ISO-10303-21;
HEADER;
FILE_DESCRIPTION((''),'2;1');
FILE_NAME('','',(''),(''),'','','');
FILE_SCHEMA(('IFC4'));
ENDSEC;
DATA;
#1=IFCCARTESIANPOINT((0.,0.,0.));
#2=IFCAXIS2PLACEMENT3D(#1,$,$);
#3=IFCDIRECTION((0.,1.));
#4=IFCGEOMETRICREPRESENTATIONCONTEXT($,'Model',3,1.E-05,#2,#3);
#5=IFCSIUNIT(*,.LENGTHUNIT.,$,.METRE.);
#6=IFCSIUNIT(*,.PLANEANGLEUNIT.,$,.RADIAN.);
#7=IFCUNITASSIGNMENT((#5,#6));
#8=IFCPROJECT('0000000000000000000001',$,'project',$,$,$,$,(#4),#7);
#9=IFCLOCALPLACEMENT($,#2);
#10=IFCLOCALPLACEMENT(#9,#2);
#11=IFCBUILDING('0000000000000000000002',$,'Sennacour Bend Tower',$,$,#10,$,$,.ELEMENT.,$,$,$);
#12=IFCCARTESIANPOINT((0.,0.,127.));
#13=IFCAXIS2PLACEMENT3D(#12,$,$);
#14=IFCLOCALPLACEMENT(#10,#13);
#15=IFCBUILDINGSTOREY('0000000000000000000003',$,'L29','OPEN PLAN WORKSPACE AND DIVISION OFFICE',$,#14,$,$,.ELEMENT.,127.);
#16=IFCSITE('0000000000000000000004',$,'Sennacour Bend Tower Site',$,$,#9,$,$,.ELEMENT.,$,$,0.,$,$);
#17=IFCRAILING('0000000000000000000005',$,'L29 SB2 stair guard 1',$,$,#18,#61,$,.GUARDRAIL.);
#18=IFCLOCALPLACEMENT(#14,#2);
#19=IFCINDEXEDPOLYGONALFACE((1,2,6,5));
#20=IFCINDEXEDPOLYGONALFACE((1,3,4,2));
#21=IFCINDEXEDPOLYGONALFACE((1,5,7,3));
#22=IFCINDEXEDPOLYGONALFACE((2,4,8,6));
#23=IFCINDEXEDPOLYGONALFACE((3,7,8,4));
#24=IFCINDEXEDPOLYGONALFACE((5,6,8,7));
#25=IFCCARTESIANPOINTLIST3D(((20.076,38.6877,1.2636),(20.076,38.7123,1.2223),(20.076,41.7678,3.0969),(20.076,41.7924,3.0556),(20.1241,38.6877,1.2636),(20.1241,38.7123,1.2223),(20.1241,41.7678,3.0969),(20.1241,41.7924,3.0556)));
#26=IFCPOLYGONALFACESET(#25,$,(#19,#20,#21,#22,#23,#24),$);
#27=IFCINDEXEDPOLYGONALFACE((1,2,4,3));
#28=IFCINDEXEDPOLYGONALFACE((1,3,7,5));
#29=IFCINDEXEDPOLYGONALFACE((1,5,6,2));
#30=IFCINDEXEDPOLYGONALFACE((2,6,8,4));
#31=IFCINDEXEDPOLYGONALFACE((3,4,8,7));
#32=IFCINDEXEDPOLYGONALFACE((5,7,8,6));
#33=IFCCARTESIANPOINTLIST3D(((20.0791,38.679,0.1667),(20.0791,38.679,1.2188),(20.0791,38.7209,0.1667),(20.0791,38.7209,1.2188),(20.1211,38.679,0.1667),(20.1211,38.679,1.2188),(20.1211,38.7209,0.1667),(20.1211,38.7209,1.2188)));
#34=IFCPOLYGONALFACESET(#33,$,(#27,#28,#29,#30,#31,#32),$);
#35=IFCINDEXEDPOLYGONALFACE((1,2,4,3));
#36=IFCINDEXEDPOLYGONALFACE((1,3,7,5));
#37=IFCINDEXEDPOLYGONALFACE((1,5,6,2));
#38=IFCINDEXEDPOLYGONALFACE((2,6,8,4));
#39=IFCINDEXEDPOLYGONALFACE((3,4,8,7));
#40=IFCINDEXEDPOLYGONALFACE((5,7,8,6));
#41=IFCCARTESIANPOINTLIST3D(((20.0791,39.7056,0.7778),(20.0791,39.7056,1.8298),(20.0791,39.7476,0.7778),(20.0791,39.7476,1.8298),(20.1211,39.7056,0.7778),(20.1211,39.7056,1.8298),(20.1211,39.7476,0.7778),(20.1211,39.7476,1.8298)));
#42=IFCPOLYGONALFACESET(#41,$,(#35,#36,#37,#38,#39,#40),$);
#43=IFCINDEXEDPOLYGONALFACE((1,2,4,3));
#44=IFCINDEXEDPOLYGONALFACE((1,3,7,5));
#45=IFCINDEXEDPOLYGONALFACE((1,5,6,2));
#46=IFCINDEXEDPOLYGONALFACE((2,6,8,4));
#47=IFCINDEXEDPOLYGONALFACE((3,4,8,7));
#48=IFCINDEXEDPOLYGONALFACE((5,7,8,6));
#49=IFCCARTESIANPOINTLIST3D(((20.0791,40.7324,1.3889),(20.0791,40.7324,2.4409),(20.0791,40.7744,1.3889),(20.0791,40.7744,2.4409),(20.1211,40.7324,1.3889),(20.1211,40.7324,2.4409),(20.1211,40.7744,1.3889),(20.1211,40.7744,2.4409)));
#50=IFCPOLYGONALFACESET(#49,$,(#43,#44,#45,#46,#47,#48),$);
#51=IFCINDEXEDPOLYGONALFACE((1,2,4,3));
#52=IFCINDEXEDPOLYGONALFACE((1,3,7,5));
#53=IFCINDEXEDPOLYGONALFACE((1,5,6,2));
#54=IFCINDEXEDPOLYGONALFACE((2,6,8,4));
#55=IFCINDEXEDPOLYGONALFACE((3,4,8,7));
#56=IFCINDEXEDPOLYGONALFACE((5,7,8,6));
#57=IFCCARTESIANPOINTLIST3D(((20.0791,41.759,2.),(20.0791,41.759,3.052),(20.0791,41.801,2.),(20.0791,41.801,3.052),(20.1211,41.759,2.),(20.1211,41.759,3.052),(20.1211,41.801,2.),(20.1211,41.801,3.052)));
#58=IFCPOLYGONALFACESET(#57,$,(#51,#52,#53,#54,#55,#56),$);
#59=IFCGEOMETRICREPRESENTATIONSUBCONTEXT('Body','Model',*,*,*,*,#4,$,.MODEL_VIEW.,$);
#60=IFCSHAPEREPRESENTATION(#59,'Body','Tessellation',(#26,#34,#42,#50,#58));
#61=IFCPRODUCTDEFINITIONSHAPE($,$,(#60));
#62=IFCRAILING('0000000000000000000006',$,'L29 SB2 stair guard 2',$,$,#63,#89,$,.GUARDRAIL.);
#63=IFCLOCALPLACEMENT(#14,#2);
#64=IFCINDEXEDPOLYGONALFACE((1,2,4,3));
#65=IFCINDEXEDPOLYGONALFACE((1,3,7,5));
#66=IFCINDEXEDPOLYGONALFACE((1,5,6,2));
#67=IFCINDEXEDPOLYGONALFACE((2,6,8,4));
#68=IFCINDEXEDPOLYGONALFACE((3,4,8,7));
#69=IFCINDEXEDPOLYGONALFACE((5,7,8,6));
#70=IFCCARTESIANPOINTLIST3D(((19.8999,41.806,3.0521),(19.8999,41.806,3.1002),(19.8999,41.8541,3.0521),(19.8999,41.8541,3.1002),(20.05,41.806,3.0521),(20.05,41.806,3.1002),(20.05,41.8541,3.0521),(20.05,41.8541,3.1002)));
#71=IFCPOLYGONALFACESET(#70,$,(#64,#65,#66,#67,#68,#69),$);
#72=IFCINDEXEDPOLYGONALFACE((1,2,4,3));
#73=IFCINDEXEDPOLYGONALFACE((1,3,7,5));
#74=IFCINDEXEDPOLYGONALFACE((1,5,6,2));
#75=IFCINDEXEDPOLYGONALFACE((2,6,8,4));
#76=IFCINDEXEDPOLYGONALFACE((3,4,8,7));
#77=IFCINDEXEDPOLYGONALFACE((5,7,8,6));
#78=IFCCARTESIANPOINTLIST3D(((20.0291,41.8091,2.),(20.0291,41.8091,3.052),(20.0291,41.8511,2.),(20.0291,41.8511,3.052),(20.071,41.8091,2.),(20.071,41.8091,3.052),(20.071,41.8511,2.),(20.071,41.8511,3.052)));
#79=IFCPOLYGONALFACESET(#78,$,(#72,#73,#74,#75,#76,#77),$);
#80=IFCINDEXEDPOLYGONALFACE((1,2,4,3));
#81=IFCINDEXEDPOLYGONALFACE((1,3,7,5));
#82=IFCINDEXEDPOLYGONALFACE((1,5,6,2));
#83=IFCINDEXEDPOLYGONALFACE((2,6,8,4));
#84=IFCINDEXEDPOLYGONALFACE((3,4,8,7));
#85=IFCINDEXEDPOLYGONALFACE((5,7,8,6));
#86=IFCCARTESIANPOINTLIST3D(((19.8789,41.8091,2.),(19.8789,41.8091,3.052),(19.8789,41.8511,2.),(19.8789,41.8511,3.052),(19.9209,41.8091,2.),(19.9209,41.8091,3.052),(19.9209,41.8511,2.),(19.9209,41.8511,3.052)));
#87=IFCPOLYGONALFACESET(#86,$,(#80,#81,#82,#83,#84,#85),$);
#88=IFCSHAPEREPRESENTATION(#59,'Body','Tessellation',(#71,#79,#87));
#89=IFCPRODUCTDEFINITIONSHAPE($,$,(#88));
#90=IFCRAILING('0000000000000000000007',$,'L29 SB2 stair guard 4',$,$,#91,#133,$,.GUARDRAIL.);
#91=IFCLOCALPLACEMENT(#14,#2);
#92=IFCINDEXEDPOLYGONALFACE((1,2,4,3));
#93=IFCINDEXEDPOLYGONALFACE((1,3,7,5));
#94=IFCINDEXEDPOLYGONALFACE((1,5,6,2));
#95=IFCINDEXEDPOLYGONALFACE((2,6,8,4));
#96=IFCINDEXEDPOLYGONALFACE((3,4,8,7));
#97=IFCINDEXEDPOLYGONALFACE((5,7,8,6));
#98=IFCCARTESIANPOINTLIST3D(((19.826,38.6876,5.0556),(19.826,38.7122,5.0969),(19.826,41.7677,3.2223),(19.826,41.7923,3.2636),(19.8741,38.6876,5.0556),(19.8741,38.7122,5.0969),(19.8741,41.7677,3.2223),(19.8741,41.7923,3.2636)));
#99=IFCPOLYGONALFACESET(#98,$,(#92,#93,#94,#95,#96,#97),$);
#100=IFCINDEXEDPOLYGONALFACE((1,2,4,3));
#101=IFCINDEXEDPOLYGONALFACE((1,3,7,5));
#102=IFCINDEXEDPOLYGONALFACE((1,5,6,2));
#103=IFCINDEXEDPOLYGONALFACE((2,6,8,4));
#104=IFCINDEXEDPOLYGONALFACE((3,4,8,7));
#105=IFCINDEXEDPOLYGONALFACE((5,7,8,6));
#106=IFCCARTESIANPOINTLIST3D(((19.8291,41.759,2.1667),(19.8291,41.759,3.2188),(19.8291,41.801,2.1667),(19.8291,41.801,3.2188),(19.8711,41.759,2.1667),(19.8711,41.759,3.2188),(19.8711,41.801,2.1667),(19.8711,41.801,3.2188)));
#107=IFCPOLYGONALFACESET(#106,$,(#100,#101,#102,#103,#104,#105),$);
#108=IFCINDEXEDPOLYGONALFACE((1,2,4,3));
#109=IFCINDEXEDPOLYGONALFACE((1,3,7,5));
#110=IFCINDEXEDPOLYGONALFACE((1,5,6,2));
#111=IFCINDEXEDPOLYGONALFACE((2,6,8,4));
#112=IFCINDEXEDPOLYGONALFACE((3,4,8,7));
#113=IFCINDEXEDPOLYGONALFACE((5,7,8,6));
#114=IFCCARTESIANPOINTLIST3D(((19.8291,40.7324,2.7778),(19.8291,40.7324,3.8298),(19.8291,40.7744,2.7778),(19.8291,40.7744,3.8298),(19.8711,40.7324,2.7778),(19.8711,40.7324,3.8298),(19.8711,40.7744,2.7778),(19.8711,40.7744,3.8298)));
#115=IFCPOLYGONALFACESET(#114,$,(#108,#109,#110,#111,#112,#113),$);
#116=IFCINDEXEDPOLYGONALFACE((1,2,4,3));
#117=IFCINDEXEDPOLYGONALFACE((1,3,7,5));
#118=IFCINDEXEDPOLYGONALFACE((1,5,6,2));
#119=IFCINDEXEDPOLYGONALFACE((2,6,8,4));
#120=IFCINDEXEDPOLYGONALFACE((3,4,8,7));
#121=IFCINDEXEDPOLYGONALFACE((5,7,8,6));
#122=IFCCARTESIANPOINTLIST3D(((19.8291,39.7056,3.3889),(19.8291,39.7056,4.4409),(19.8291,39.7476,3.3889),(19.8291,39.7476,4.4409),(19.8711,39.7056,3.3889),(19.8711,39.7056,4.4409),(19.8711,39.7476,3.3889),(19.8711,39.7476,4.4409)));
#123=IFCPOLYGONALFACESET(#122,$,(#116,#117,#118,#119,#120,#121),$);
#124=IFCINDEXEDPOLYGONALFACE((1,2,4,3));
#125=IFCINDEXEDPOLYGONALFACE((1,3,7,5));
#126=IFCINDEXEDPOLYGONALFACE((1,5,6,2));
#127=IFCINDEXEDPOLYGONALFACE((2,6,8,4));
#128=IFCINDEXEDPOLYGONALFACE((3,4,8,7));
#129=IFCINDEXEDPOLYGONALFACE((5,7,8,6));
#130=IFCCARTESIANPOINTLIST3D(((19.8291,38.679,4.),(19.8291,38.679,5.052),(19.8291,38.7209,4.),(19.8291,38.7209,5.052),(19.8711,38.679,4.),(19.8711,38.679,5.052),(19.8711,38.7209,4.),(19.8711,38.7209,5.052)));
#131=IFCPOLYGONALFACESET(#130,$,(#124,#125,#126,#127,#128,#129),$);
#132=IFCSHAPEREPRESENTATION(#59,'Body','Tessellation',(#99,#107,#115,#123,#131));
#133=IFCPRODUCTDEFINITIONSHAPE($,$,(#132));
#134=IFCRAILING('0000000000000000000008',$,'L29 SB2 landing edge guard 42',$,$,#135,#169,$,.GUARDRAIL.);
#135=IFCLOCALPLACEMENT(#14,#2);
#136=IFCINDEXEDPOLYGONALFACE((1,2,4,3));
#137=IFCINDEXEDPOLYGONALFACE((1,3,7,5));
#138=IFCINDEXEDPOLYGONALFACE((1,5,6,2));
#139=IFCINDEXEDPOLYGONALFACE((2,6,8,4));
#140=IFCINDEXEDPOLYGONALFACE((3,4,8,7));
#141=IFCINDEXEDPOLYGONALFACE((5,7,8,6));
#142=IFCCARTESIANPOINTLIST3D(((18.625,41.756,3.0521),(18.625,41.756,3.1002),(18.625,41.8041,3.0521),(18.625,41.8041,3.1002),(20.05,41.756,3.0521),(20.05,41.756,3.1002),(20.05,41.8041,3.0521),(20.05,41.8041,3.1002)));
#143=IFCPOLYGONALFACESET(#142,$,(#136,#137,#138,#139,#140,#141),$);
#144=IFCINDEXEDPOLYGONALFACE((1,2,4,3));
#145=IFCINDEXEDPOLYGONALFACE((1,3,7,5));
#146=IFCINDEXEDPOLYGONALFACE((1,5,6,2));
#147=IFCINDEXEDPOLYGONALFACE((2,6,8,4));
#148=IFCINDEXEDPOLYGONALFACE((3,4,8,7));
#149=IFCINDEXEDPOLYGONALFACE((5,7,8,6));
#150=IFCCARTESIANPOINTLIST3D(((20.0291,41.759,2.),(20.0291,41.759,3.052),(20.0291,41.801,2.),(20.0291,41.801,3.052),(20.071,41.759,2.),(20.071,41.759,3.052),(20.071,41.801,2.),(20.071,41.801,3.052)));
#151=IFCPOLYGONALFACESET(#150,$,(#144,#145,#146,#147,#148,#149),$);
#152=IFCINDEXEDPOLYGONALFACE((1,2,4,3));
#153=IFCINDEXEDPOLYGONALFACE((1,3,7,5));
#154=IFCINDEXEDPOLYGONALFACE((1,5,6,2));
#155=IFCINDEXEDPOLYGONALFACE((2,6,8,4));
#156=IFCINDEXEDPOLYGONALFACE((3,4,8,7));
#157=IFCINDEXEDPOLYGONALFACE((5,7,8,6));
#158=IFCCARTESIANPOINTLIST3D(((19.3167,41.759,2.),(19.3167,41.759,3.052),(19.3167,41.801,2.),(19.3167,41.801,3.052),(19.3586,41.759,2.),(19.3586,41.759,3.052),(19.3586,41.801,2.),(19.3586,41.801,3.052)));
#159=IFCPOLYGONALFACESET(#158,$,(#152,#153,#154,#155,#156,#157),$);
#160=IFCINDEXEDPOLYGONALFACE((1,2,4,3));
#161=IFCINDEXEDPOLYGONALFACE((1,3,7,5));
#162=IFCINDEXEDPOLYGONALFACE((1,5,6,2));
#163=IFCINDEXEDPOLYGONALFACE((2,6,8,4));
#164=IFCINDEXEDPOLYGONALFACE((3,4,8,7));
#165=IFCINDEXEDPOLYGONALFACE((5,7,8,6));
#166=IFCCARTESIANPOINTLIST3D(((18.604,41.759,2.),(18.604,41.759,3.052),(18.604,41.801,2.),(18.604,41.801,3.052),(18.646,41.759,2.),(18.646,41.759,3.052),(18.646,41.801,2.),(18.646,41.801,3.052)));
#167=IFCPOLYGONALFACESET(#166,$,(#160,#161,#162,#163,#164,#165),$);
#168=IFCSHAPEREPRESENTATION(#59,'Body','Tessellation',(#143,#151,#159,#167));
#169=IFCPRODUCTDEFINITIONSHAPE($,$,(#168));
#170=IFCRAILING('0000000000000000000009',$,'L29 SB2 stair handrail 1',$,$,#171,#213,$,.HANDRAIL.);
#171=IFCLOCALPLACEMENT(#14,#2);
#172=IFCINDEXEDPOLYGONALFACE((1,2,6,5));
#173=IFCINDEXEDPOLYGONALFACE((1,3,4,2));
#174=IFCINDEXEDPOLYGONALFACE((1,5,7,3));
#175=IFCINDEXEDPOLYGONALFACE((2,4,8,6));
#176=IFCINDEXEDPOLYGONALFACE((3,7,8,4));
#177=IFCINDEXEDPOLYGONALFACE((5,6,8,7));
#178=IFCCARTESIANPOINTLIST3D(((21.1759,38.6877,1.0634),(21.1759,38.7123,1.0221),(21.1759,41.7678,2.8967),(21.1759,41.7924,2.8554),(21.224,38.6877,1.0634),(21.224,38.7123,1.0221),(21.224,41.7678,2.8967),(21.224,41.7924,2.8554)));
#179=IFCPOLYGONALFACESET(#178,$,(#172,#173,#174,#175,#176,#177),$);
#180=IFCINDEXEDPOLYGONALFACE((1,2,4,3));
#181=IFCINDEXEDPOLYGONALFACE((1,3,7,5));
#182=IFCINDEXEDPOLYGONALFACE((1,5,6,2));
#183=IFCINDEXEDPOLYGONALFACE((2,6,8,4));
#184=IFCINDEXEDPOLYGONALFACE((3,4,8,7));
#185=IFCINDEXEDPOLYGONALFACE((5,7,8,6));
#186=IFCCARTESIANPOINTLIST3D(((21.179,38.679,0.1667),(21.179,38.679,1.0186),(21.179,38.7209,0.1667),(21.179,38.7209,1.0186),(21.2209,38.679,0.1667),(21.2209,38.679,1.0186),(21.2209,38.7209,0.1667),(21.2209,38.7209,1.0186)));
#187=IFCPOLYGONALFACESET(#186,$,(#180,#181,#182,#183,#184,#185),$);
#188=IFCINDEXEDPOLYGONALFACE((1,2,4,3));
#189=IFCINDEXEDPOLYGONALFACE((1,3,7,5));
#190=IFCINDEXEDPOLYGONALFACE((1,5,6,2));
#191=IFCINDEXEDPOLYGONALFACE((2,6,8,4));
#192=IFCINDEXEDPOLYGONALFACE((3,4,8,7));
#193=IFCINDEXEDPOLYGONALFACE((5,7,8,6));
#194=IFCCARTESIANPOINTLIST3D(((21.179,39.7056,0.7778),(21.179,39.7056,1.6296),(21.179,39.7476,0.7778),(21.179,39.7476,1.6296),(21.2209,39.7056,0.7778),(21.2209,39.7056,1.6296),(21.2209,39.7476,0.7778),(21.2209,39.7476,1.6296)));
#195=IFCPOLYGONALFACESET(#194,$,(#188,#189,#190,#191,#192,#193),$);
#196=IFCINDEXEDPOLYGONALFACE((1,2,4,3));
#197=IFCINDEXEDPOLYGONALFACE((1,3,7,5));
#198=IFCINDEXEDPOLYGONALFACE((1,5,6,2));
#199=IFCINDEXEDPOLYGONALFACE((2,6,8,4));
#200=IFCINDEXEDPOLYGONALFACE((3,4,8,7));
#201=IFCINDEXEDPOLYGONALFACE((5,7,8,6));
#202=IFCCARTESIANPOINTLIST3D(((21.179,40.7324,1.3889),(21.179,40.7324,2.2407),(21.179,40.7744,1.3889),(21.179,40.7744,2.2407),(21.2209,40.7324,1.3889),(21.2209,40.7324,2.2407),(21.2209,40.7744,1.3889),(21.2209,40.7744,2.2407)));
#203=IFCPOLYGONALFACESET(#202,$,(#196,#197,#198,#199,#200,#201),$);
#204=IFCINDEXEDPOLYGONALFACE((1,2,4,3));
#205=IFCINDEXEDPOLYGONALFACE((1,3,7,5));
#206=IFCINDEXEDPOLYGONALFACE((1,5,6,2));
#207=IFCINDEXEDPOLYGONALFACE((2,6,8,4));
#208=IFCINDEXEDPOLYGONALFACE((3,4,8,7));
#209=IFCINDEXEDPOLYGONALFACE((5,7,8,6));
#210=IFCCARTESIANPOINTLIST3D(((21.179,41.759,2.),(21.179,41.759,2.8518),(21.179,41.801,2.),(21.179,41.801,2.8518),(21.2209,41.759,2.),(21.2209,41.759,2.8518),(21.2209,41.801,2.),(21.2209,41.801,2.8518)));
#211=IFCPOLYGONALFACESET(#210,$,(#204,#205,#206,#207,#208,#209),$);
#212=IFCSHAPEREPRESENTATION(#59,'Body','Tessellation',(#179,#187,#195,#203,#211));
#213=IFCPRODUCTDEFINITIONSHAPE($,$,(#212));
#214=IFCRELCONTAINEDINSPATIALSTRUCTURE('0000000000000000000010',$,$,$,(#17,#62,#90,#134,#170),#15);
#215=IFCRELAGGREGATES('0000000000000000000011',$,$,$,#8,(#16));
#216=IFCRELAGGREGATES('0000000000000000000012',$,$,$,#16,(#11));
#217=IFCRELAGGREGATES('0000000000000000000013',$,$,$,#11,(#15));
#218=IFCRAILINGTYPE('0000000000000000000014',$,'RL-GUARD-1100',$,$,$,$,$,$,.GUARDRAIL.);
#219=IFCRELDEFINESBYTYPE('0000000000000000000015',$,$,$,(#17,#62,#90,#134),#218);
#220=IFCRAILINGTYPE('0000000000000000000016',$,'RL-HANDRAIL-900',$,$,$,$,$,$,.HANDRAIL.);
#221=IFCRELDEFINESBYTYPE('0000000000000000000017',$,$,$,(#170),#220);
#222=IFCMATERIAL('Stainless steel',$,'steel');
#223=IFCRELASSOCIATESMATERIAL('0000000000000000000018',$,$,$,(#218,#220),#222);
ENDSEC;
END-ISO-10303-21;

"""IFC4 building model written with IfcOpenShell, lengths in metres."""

from ifc_helpers import new_model, si_unit, direction, frame, origin, origin_2d, place, context, subcontext, project, spatial, rectangle, extrude, material, type_object, element, save


model = new_model("IFC4")

# Units and contexts
model_context = context("Model", 3, precision=1e-05, world=origin(), true_north=direction((0.0, 1.0)))
body_context = subcontext(model_context, "Body", "Model", "MODEL_VIEW")
ifc_project = project(units=[si_unit("LENGTHUNIT", "METRE"), si_unit("PLANEANGLEUNIT", "RADIAN")], contexts=[model_context])

# Site, building, storey
site_placement = place(None, origin())
site = spatial("IfcSite", under=ifc_project, at=site_placement, Name="Sennacour Bend Tower Site", CompositionType="ELEMENT", RefElevation=0.0)
building_placement = place(site_placement, origin())
building = spatial("IfcBuilding", under=site, at=building_placement, Name="Sennacour Bend Tower", CompositionType="ELEMENT")
storey_placement = place(building_placement, frame((0.0, 0.0, 127.0)))
storey = spatial("IfcBuildingStorey", under=building, at=storey_placement, Name="L29", Description="OPEN PLAN WORKSPACE AND DIVISION OFFICE", CompositionType="ELEMENT", Elevation=127.0)

# Shared definitions
ifc_material_1 = material(Name="Stainless steel", Category="steel")

# Railings
railing_type_1 = type_object("IfcRailingType", Name="RL-GUARD-1100", PredefinedType="GUARDRAIL", material=ifc_material_1)
railing_1_placement = place(storey_placement, frame((20.1001, 38.7, 0.1667)))
element("IfcRailing", 1, at=railing_1_placement, inside=storey, type_object=railing_type_1, Name="L29 SB2 stair guard 1", PredefinedType="GUARDRAIL", context=body_context, shape_type="SweptSolid", body=[
    extrude(rectangle(XDim=0.0481, YDim=0.0481, at=origin_2d()), frame((0.0, 0.0, 1.0762), z_axis=(0.0, 0.859309, 0.511458), x_axis=(-1.0, 0.0, 0.0)), (0.0, 0.0, 1.0), 3.5845),
    extrude(rectangle(XDim=0.042, YDim=0.042, at=origin_2d()), origin(), (0.0, 0.0, 1.0), 1.052),
    extrude(rectangle(XDim=0.042, YDim=0.042, at=origin_2d()), frame((0.0, 1.0266, 0.6111)), (0.0, 0.0, 1.0), 1.052),
    extrude(rectangle(XDim=0.042, YDim=0.042, at=origin_2d()), frame((0.0, 2.0535, 1.2222)), (0.0, 0.0, 1.0), 1.052),
    extrude(rectangle(XDim=0.042, YDim=0.042, at=origin_2d()), frame((0.0, 3.0801, 1.8333)), (0.0, 0.0, 1.0), 1.052),
])
railing_2_placement = place(storey_placement, frame((20.05, 41.8301, 2.0)))
element("IfcRailing", 2, at=railing_2_placement, inside=storey, type_object=railing_type_1, Name="L29 SB2 stair guard 2", PredefinedType="GUARDRAIL", context=body_context, shape_type="SweptSolid", body=[
    extrude(rectangle(XDim=0.0481, YDim=0.0481, at=origin_2d()), frame((0.0, 0.0, 1.0762), z_axis=(-1.0, 0.0, 0.0), x_axis=(0.0, -1.0, 0.0)), (0.0, 0.0, 1.0), 0.1501),
    extrude(rectangle(XDim=0.042, YDim=0.042, at=origin_2d()), origin(), (0.0, 0.0, 1.0), 1.052),
    extrude(rectangle(XDim=0.042, YDim=0.042, at=origin_2d()), frame((-0.1501, 0.0, 0.0)), (0.0, 0.0, 1.0), 1.052),
])
railing_3_placement = place(storey_placement, frame((19.8501, 41.78, 2.1667)))
element("IfcRailing", 3, at=railing_3_placement, inside=storey, type_object=railing_type_1, Name="L29 SB2 stair guard 4", PredefinedType="GUARDRAIL", context=body_context, shape_type="SweptSolid", body=[
    extrude(rectangle(XDim=0.0481, YDim=0.0481, at=origin_2d()), frame((0.0, 0.0, 1.0762), z_axis=(0.0, -0.859309, 0.511458), x_axis=(1.0, 0.0, 0.0)), (0.0, 0.0, 1.0), 3.5845),
    extrude(rectangle(XDim=0.042, YDim=0.042, at=origin_2d()), origin(), (0.0, 0.0, 1.0), 1.052),
    extrude(rectangle(XDim=0.042, YDim=0.042, at=origin_2d()), frame((0.0, -1.0266, 0.6111)), (0.0, 0.0, 1.0), 1.052),
    extrude(rectangle(XDim=0.042, YDim=0.042, at=origin_2d()), frame((0.0, -2.0535, 1.2222)), (0.0, 0.0, 1.0), 1.052),
    extrude(rectangle(XDim=0.042, YDim=0.042, at=origin_2d()), frame((0.0, -3.0801, 1.8333)), (0.0, 0.0, 1.0), 1.052),
])
railing_4_placement = place(storey_placement, frame((20.05, 41.78, 2.0)))
element("IfcRailing", 4, at=railing_4_placement, inside=storey, type_object=railing_type_1, Name="L29 SB2 landing edge guard 42", PredefinedType="GUARDRAIL", context=body_context, shape_type="SweptSolid", body=[
    extrude(rectangle(XDim=0.0481, YDim=0.0481, at=origin_2d()), frame((0.0, 0.0, 1.0762), z_axis=(-1.0, 0.0, 0.0), x_axis=(0.0, -1.0, 0.0)), (0.0, 0.0, 1.0), 1.425),
    extrude(rectangle(XDim=0.042, YDim=0.042, at=origin_2d()), origin(), (0.0, 0.0, 1.0), 1.052),
    extrude(rectangle(XDim=0.042, YDim=0.042, at=origin_2d()), frame((-0.7124, 0.0, 0.0)), (0.0, 0.0, 1.0), 1.052),
    extrude(rectangle(XDim=0.042, YDim=0.042, at=origin_2d()), frame((-1.425, 0.0, 0.0)), (0.0, 0.0, 1.0), 1.052),
])
railing_type_2 = type_object("IfcRailingType", Name="RL-HANDRAIL-900", PredefinedType="HANDRAIL", material=ifc_material_1)
railing_5_placement = place(storey_placement, frame((21.2, 38.7, 0.1667)))
element("IfcRailing", 5, at=railing_5_placement, inside=storey, type_object=railing_type_2, Name="L29 SB2 stair handrail 1", PredefinedType="HANDRAIL", context=body_context, shape_type="SweptSolid", body=[
    extrude(rectangle(XDim=0.0481, YDim=0.0481, at=origin_2d()), frame((0.0, 0.0, 0.876), z_axis=(0.0, 0.859309, 0.511458), x_axis=(-1.0, 0.0, 0.0)), (0.0, 0.0, 1.0), 3.5845),
    extrude(rectangle(XDim=0.042, YDim=0.042, at=origin_2d()), origin(), (0.0, 0.0, 1.0), 0.8518),
    extrude(rectangle(XDim=0.042, YDim=0.042, at=origin_2d()), frame((0.0, 1.0266, 0.6111)), (0.0, 0.0, 1.0), 0.8518),
    extrude(rectangle(XDim=0.042, YDim=0.042, at=origin_2d()), frame((0.0, 2.0535, 1.2222)), (0.0, 0.0, 1.0), 0.8518),
    extrude(rectangle(XDim=0.042, YDim=0.042, at=origin_2d()), frame((0.0, 3.0801, 1.8333)), (0.0, 0.0, 1.0), 0.8518),
])

save(model, "model.ifc")
